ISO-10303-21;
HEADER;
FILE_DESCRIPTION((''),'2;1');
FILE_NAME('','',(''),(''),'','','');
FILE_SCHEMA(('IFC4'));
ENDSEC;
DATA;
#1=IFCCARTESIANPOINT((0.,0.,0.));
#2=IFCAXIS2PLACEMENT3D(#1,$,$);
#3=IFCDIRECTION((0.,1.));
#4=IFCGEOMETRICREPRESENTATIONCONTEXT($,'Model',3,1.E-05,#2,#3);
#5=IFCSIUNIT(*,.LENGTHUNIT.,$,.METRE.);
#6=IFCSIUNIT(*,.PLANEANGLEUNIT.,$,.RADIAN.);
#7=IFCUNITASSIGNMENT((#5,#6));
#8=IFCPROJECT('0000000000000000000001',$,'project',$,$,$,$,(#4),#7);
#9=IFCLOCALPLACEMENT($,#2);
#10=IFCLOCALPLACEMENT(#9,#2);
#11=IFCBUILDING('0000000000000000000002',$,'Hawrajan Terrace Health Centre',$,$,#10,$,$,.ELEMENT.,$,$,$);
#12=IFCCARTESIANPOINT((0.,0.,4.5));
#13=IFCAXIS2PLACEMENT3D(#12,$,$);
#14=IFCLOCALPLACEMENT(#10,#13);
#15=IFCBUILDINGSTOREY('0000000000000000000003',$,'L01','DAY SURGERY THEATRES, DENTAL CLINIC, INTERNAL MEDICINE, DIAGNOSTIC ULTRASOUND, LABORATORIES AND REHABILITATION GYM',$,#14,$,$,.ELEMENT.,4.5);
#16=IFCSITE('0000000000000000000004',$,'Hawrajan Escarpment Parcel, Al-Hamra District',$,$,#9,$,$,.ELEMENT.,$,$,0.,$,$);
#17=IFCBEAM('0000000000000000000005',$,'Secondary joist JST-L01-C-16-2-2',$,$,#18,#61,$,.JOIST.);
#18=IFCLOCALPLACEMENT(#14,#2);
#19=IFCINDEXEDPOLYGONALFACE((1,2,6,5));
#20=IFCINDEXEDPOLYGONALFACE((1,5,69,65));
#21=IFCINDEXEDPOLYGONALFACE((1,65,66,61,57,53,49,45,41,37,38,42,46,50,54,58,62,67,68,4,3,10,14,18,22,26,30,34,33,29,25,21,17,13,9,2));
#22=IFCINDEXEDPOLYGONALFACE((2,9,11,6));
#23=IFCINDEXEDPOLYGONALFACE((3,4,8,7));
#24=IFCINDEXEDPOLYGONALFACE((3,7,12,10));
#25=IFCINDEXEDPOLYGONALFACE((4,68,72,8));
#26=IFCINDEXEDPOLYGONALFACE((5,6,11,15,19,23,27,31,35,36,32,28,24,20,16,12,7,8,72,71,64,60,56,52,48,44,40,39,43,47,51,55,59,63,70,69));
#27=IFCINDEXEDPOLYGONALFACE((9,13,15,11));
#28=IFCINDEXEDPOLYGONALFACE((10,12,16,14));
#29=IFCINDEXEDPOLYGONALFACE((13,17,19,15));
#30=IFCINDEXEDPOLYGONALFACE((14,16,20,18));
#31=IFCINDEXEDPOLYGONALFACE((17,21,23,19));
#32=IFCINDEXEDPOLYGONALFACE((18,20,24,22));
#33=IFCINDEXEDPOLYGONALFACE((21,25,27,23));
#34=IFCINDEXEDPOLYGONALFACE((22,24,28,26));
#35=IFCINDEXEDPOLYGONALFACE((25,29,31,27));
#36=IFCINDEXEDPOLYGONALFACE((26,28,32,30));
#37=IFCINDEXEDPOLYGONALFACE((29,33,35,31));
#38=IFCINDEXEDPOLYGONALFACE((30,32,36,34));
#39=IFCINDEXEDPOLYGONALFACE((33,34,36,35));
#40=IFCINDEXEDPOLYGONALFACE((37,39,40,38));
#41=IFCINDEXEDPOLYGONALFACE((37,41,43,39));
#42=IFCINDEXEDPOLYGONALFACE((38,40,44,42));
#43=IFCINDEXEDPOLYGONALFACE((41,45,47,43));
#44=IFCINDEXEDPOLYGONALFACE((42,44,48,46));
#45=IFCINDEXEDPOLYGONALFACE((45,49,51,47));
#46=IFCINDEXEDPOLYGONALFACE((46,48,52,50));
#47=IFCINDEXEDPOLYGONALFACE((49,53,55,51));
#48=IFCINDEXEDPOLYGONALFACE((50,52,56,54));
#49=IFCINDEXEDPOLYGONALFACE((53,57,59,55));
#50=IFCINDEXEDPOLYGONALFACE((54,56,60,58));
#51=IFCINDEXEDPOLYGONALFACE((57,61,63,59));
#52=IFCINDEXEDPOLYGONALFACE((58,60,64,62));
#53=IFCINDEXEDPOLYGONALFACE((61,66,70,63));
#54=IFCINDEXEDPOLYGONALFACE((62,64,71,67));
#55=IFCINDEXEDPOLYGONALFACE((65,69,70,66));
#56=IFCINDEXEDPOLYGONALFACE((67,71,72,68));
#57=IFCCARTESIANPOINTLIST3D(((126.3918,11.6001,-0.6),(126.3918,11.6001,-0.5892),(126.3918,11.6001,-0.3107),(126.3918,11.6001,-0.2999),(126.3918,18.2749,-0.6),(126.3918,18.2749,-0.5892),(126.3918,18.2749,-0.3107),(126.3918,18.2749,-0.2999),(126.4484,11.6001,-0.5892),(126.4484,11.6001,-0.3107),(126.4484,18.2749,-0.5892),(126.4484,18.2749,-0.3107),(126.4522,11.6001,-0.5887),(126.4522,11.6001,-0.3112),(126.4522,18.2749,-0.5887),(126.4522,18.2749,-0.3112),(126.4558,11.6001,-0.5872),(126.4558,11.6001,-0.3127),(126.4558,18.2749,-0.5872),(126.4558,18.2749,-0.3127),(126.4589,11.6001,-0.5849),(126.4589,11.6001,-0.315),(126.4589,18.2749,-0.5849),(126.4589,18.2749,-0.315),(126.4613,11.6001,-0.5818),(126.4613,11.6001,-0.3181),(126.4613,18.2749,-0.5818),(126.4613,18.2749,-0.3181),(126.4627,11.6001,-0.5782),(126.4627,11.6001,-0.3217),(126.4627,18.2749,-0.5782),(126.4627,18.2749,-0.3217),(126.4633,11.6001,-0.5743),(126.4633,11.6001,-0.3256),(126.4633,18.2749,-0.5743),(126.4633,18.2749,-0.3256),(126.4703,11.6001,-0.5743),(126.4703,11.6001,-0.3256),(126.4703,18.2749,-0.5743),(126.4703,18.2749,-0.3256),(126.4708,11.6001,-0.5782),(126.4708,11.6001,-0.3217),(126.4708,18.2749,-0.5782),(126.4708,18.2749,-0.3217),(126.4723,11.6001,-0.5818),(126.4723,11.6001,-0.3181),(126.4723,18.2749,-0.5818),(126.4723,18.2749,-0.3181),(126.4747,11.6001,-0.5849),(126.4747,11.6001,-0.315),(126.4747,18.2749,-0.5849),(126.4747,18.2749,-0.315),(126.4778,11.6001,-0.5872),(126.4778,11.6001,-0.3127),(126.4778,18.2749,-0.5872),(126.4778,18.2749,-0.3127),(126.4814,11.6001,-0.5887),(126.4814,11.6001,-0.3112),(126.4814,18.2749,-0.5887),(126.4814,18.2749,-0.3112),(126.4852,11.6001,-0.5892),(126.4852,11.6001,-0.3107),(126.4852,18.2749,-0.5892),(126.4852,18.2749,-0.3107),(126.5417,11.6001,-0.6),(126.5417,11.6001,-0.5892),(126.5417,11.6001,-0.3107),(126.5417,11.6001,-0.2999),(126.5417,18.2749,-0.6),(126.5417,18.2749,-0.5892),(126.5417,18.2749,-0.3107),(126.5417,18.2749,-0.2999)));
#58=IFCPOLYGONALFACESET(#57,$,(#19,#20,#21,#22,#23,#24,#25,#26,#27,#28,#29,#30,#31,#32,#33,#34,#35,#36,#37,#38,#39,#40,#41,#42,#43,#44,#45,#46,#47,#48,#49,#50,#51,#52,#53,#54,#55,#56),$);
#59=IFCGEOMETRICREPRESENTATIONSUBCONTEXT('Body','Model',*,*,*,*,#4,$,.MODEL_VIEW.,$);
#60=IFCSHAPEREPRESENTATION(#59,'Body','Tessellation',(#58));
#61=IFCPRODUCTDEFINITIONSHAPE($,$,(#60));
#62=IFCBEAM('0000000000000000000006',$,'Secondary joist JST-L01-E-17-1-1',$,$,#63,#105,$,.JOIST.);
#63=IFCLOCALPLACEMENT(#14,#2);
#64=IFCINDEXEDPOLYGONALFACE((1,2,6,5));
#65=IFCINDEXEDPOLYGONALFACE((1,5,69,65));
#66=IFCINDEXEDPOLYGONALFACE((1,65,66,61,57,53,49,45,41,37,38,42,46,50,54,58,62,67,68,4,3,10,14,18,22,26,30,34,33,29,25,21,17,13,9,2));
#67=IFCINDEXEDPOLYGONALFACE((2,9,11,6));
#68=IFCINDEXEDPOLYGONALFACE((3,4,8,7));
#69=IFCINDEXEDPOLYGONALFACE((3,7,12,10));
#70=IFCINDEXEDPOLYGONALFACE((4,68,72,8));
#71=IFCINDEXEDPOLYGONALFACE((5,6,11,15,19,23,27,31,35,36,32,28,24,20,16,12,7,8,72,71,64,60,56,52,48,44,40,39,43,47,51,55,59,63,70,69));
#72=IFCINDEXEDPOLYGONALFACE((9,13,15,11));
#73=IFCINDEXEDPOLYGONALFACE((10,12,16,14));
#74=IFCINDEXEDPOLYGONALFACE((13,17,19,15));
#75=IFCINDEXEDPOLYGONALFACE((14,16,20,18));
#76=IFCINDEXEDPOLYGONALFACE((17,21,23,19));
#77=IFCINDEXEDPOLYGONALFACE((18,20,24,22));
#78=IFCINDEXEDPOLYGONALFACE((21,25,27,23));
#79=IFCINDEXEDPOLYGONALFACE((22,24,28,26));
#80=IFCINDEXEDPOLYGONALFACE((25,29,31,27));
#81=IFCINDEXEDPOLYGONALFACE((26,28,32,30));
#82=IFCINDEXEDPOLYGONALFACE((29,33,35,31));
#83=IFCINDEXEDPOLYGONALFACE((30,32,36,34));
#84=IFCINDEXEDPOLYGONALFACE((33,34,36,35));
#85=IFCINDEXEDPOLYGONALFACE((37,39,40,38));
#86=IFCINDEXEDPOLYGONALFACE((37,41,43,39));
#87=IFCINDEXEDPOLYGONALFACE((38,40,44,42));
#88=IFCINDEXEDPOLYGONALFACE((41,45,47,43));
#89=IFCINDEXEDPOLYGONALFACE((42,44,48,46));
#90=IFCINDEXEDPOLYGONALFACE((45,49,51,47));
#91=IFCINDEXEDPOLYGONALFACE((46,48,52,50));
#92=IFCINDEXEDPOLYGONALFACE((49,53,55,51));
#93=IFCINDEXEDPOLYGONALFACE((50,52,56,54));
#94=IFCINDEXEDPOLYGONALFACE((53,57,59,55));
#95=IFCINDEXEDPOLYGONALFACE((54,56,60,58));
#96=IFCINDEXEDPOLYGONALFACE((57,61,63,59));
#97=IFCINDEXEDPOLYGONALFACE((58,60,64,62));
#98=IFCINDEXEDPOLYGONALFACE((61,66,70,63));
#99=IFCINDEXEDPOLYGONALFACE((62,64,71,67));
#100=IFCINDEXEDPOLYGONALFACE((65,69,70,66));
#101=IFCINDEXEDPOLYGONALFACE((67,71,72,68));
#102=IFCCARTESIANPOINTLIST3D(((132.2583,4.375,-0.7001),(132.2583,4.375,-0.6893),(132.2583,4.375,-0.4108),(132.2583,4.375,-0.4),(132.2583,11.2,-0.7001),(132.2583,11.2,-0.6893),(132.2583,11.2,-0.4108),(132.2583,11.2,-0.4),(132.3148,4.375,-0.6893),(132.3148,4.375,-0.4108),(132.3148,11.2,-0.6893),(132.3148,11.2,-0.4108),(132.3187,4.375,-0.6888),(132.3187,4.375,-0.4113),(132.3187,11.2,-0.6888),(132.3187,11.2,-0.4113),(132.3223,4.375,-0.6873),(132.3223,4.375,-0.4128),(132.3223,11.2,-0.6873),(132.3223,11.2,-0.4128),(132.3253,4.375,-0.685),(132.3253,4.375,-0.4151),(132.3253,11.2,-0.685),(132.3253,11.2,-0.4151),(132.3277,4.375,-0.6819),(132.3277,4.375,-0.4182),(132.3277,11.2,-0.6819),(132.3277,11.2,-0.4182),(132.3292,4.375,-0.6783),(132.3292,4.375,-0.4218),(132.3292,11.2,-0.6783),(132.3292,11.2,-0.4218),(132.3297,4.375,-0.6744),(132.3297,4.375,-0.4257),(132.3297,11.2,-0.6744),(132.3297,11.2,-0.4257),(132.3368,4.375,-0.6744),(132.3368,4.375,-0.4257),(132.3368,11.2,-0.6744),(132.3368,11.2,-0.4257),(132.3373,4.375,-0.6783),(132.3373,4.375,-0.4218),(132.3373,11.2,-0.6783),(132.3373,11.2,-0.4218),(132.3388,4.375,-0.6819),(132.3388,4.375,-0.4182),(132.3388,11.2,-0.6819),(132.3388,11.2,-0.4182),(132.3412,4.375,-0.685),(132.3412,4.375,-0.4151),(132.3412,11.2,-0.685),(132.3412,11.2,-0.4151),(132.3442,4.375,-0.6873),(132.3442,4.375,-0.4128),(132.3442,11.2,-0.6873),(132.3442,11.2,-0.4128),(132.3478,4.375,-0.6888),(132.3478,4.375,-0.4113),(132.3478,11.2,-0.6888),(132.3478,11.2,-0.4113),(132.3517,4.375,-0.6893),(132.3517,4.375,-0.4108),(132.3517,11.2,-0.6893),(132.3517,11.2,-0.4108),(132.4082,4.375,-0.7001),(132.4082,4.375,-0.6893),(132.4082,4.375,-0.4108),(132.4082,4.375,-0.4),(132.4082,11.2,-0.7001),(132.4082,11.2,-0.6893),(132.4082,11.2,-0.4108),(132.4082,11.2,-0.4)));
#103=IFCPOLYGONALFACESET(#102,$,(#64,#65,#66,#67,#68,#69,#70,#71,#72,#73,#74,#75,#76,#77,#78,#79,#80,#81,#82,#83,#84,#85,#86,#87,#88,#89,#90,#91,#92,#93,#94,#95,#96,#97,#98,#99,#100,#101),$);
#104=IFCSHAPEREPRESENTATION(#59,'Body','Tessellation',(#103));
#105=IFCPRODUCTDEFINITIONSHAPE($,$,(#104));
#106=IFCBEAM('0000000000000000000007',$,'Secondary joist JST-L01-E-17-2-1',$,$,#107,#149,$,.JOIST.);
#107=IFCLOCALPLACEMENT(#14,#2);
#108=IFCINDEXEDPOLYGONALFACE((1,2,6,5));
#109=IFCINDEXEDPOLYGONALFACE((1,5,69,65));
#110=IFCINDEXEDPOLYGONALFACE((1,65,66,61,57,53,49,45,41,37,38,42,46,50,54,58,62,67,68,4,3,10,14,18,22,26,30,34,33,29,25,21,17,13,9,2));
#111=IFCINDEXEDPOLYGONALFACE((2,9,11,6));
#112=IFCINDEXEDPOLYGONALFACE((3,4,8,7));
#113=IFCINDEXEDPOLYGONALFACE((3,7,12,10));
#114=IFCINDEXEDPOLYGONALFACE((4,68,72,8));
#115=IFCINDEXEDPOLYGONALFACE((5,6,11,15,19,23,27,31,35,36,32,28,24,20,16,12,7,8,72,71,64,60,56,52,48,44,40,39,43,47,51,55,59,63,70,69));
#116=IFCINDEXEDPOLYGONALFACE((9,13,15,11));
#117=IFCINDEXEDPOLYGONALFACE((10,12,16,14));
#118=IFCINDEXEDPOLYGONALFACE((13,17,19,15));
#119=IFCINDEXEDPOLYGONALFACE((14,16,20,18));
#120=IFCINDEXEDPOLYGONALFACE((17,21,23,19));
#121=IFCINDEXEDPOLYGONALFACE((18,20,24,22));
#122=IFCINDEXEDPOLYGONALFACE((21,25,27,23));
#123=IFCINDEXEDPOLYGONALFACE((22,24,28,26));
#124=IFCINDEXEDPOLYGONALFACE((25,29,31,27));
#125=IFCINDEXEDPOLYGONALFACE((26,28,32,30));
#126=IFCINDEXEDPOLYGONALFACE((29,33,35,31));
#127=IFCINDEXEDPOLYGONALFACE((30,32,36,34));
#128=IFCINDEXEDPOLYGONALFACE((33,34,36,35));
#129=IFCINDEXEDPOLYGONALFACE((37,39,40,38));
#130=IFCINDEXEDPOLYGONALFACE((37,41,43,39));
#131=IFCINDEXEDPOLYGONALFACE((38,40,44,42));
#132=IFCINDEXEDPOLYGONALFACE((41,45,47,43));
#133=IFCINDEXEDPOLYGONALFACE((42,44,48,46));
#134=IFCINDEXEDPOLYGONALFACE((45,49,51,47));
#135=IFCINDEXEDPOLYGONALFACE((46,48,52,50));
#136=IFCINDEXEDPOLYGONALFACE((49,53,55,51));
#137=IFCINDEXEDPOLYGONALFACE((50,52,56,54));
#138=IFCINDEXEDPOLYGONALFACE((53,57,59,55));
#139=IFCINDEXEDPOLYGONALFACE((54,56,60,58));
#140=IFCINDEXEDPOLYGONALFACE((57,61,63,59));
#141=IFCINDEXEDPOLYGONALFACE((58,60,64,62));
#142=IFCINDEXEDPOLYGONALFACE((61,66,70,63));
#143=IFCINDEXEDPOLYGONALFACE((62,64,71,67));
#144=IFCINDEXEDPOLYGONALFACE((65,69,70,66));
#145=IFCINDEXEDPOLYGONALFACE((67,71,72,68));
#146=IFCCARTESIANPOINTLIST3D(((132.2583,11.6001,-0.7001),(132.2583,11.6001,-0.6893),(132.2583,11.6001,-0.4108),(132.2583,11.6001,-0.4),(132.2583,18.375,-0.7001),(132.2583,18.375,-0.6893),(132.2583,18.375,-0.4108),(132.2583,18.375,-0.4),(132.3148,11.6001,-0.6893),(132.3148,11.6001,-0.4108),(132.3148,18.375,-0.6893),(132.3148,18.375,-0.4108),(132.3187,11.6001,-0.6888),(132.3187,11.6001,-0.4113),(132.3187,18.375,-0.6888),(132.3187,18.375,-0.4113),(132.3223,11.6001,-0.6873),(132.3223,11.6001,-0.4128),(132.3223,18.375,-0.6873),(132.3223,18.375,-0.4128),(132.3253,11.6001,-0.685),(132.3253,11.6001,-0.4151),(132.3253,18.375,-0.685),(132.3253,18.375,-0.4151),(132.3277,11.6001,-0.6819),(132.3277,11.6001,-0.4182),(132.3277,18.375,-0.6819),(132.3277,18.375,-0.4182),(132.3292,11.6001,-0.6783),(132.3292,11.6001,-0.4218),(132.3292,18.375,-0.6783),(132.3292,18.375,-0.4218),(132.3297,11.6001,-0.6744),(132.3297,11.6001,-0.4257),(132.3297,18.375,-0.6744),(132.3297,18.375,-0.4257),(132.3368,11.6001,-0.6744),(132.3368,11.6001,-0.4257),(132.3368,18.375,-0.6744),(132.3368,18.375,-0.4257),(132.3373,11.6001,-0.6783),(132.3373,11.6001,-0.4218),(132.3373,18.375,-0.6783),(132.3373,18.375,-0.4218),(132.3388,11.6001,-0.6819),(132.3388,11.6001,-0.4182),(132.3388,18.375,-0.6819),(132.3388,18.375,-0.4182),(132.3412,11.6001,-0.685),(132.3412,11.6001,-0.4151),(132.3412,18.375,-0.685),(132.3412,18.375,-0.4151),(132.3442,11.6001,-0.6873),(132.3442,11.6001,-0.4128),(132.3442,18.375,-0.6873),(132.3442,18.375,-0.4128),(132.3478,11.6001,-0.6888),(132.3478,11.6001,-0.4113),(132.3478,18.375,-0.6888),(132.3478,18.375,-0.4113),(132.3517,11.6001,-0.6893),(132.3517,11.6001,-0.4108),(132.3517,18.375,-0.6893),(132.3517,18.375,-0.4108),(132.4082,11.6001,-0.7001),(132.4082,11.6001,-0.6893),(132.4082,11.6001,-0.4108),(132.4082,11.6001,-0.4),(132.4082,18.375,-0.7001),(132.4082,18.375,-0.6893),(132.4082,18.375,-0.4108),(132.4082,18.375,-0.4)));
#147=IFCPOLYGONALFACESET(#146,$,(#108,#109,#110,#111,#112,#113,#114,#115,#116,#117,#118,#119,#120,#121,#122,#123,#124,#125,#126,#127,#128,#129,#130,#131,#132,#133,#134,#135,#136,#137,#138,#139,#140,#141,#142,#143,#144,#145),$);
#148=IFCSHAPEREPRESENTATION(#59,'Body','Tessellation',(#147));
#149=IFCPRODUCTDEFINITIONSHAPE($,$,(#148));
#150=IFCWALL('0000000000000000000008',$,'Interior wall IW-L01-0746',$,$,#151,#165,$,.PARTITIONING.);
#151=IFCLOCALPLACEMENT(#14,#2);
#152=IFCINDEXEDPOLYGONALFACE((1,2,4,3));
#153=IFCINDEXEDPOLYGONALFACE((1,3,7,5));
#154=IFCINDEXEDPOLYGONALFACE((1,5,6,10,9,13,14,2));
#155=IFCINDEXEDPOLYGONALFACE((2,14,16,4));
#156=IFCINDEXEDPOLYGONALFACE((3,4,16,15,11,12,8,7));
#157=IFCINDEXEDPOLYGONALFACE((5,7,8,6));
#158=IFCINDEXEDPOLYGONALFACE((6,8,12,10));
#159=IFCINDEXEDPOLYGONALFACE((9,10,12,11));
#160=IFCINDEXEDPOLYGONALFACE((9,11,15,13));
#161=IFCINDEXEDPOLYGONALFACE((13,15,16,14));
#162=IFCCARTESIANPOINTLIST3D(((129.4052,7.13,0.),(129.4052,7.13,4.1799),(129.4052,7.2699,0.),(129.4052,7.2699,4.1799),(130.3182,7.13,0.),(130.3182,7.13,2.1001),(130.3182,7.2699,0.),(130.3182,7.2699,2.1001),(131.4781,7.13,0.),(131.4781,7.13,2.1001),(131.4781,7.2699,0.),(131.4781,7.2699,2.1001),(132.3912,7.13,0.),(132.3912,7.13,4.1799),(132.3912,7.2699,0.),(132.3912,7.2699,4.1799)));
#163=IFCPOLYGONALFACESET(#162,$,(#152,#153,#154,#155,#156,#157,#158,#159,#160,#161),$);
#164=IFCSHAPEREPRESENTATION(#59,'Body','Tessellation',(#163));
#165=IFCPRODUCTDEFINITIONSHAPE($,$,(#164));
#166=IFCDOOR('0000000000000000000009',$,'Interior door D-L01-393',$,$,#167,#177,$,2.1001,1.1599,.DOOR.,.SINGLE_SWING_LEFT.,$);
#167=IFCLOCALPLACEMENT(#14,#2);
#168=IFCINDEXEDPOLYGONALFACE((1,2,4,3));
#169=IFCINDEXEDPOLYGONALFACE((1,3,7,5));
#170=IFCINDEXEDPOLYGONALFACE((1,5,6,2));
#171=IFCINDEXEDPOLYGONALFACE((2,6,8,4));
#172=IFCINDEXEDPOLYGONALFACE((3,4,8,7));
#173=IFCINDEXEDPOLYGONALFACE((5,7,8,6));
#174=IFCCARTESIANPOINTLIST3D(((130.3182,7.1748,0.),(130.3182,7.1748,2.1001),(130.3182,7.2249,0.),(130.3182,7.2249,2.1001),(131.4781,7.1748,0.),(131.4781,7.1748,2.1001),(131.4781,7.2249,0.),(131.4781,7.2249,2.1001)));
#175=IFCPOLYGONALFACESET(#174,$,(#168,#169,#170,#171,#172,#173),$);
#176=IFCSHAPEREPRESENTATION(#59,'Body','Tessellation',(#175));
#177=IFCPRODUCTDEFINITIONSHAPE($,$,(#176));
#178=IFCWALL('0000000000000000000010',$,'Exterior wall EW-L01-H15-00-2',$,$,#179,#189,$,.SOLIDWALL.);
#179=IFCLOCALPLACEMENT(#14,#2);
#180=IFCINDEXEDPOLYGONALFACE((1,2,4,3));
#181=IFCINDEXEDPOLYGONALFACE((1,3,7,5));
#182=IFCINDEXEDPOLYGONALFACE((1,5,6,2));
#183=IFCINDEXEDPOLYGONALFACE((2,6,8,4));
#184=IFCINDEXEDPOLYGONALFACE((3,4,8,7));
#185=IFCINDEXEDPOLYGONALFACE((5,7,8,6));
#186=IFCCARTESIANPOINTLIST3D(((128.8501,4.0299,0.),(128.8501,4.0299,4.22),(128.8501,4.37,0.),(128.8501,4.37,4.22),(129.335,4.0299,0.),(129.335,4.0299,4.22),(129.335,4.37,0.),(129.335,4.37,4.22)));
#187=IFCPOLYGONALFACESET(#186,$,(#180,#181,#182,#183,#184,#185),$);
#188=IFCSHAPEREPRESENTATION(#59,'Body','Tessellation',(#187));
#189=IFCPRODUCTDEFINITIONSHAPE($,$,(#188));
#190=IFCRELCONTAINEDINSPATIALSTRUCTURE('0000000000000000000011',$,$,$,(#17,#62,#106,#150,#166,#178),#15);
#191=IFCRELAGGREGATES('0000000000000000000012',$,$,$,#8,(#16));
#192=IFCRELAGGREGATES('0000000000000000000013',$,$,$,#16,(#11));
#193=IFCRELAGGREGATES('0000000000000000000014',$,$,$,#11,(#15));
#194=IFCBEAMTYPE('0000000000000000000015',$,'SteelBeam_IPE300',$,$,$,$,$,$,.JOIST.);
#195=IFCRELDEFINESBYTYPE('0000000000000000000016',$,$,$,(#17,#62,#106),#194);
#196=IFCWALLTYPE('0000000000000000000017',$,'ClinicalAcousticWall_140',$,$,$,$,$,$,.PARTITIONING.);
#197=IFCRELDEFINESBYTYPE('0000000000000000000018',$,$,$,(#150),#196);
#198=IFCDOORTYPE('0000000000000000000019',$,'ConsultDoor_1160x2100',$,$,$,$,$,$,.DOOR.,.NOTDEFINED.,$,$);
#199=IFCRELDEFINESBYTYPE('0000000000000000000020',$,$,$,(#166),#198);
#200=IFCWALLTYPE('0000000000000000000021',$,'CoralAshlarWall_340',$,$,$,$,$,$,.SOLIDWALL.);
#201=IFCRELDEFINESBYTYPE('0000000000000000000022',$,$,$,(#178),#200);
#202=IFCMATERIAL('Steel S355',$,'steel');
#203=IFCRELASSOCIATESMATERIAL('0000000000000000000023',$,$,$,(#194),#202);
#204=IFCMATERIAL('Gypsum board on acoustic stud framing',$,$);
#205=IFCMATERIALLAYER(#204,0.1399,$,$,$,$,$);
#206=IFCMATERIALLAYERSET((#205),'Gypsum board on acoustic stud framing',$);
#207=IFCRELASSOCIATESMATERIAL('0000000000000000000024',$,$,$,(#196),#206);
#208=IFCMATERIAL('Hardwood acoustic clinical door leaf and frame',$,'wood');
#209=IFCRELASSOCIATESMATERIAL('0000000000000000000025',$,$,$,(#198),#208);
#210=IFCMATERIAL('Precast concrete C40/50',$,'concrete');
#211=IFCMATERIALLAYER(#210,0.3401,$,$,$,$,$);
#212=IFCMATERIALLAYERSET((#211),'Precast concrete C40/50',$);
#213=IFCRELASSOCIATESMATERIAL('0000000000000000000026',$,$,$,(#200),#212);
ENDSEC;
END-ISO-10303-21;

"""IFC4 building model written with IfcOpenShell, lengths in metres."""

from ifc_helpers import new_model, si_unit, direction, frame, frame_2d, origin, origin_2d, place, context, subcontext, project, spatial, rectangle, i_section, extrude, material, layer, layer_set, material_profile, profile_set, type_object, element, fill, save


model = new_model("IFC4")

# Units and contexts
model_context = context("Model", 3, precision=1e-05, world=origin(), true_north=direction((0.0, 1.0)))
body_context = subcontext(model_context, "Body", "Model", "MODEL_VIEW")
ifc_project = project(units=[si_unit("LENGTHUNIT", "METRE"), si_unit("PLANEANGLEUNIT", "RADIAN")], contexts=[model_context])

# Site, building, storey
site_placement = place(None, origin())
site = spatial("IfcSite", under=ifc_project, at=site_placement, Name="Hawrajan Escarpment Parcel, Al-Hamra District", CompositionType="ELEMENT", RefElevation=0.0)
building_placement = place(site_placement, origin())
building = spatial("IfcBuilding", under=site, at=building_placement, Name="Hawrajan Terrace Health Centre", CompositionType="ELEMENT")
storey_placement = place(building_placement, frame((0.0, 0.0, 4.5)))
storey = spatial("IfcBuildingStorey", under=building, at=storey_placement, Name="L01", Description="DAY SURGERY THEATRES, DENTAL CLINIC, INTERNAL MEDICINE, DIAGNOSTIC ULTRASOUND, LABORATORIES AND REHABILITATION GYM", CompositionType="ELEMENT", Elevation=4.5)

# Beams
ifc_material_1 = material(Name="Steel S355", Category="steel")
ifc_material_profile_1 = material_profile(ifc_material_1, i_section(OverallWidth=0.1499, OverallDepth=0.3, WebThickness=0.0071, FlangeThickness=0.0107, FilletRadius=0.0149, at=origin_2d()), Name="IPE 300")
ifc_profile_set_1 = profile_set([ifc_material_profile_1], Name="Steel S355")
beam_type_1 = type_object("IfcBeamType", Name="SteelBeam_IPE300", PredefinedType="JOIST", material=ifc_profile_set_1)
beam_1_placement = place(storey_placement, frame((126.4668, 11.6001, -0.45), z_axis=(0.0, 1.0, 0.0), x_axis=(-1.0, 0.0, 0.0)))
element("IfcBeam", 1, at=beam_1_placement, inside=storey, type_object=beam_type_1, Name="Secondary joist JST-L01-C-16-2-2", PredefinedType="JOIST", context=body_context, shape_type="SweptSolid", body=[
    extrude(i_section(OverallWidth=0.1499, OverallDepth=0.3, WebThickness=0.0071, FlangeThickness=0.0107, FilletRadius=0.0149, at=origin_2d()), origin(), (0.0, 0.0, 1.0), 6.6748),
])
beam_2_placement = place(storey_placement, frame((132.3333, 4.375, -0.55), z_axis=(0.0, 1.0, 0.0), x_axis=(-1.0, 0.0, 0.0)))
element("IfcBeam", 2, at=beam_2_placement, inside=storey, type_object=beam_type_1, Name="Secondary joist JST-L01-E-17-1-1", PredefinedType="JOIST", context=body_context, shape_type="SweptSolid", body=[
    extrude(i_section(OverallWidth=0.1499, OverallDepth=0.3, WebThickness=0.0071, FlangeThickness=0.0107, FilletRadius=0.0149, at=origin_2d()), origin(), (0.0, 0.0, 1.0), 6.825),
])
beam_3_placement = place(storey_placement, frame((132.3333, 11.6001, -0.55), z_axis=(0.0, 1.0, 0.0), x_axis=(-1.0, 0.0, 0.0)))
element("IfcBeam", 3, at=beam_3_placement, inside=storey, type_object=beam_type_1, Name="Secondary joist JST-L01-E-17-2-1", PredefinedType="JOIST", context=body_context, shape_type="SweptSolid", body=[
    extrude(i_section(OverallWidth=0.1499, OverallDepth=0.3, WebThickness=0.0071, FlangeThickness=0.0107, FilletRadius=0.0149, at=origin_2d()), origin(), (0.0, 0.0, 1.0), 6.7749),
])

# Wall, opening, door
ifc_material_2 = material(Name="Gypsum board on acoustic stud framing")
ifc_layer_1 = layer(ifc_material_2, 0.1399)
ifc_layer_set_1 = layer_set([ifc_layer_1], Name="Gypsum board on acoustic stud framing")
wall_type_1 = type_object("IfcWallType", Name="ClinicalAcousticWall_140", PredefinedType="PARTITIONING", material=ifc_layer_set_1)
wall_1_placement = place(storey_placement, frame((129.405, 7.2, 0.0), z_axis=(0.0, 0.0, 1.0), x_axis=(1.0, 0.0, 0.0)))
wall_1 = element("IfcWall", 4, at=wall_1_placement, inside=storey, type_object=wall_type_1, Name="Interior wall IW-L01-0746", PredefinedType="PARTITIONING", context=body_context, shape_type="SweptSolid", body=[
    extrude(rectangle(XDim=2.9861, YDim=0.1399, at=frame_2d((1.4932, 0.0))), origin(), (0.0, 0.0, 1.0), 4.1799),
])
opening_1_placement = place(wall_1_placement, frame((0.9131, 0.0, 0.0)))
opening_1 = element("IfcOpeningElement", 5, at=opening_1_placement, cuts=wall_1, PredefinedType="OPENING", context=body_context, shape_type="SweptSolid", body=[
    extrude(rectangle(XDim=1.1599, YDim=2.1001, at=frame_2d((0.5801, 1.05))), frame((0.0, 0.0798, 0.0), z_axis=(0.0, -1.0, 0.0), x_axis=(1.0, 0.0, 0.0)), (0.0, 0.0, 1.0), 0.1599),
])
ifc_material_3 = material(Name="Hardwood acoustic clinical door leaf and frame", Category="wood")
door_type = type_object("IfcDoorType", Name="ConsultDoor_1160x2100", OperationType="NOTDEFINED", PredefinedType="DOOR", material=ifc_material_3)
door_placement = place(opening_1_placement, origin())
door = element("IfcDoor", 6, at=door_placement, inside=storey, type_object=door_type, Name="Interior door D-L01-393", OperationType="SINGLE_SWING_LEFT", OverallHeight=2.1001, OverallWidth=1.1599, PredefinedType="DOOR", context=body_context, shape_type="SweptSolid", body=[
    extrude(rectangle(XDim=1.1599, YDim=2.1001, at=frame_2d((0.5801, 1.05))), frame((0.0, 0.0249, 0.0), z_axis=(0.0, -1.0, 0.0), x_axis=(1.0, 0.0, 0.0)), (0.0, 0.0, 1.0), 0.05),
])
fill(opening_1, door)

# Wall
ifc_material_4 = material(Name="Precast concrete C40/50", Category="concrete")
ifc_layer_2 = layer(ifc_material_4, 0.3401)
ifc_layer_set_2 = layer_set([ifc_layer_2], Name="Precast concrete C40/50")
wall_type_2 = type_object("IfcWallType", Name="CoralAshlarWall_340", PredefinedType="SOLIDWALL", material=ifc_layer_set_2)
wall_2_placement = place(storey_placement, frame((128.8501, 4.2, 0.0), z_axis=(0.0, 0.0, 1.0), x_axis=(1.0, 0.0, 0.0)))
element("IfcWall", 7, at=wall_2_placement, inside=storey, type_object=wall_type_2, Name="Exterior wall EW-L01-H15-00-2", PredefinedType="SOLIDWALL", context=body_context, shape_type="SweptSolid", body=[
    extrude(rectangle(XDim=0.4849, YDim=0.3401, at=frame_2d((0.2424, 0.0))), origin(), (0.0, 0.0, 1.0), 4.22),
])

save(model, "model.ifc")
